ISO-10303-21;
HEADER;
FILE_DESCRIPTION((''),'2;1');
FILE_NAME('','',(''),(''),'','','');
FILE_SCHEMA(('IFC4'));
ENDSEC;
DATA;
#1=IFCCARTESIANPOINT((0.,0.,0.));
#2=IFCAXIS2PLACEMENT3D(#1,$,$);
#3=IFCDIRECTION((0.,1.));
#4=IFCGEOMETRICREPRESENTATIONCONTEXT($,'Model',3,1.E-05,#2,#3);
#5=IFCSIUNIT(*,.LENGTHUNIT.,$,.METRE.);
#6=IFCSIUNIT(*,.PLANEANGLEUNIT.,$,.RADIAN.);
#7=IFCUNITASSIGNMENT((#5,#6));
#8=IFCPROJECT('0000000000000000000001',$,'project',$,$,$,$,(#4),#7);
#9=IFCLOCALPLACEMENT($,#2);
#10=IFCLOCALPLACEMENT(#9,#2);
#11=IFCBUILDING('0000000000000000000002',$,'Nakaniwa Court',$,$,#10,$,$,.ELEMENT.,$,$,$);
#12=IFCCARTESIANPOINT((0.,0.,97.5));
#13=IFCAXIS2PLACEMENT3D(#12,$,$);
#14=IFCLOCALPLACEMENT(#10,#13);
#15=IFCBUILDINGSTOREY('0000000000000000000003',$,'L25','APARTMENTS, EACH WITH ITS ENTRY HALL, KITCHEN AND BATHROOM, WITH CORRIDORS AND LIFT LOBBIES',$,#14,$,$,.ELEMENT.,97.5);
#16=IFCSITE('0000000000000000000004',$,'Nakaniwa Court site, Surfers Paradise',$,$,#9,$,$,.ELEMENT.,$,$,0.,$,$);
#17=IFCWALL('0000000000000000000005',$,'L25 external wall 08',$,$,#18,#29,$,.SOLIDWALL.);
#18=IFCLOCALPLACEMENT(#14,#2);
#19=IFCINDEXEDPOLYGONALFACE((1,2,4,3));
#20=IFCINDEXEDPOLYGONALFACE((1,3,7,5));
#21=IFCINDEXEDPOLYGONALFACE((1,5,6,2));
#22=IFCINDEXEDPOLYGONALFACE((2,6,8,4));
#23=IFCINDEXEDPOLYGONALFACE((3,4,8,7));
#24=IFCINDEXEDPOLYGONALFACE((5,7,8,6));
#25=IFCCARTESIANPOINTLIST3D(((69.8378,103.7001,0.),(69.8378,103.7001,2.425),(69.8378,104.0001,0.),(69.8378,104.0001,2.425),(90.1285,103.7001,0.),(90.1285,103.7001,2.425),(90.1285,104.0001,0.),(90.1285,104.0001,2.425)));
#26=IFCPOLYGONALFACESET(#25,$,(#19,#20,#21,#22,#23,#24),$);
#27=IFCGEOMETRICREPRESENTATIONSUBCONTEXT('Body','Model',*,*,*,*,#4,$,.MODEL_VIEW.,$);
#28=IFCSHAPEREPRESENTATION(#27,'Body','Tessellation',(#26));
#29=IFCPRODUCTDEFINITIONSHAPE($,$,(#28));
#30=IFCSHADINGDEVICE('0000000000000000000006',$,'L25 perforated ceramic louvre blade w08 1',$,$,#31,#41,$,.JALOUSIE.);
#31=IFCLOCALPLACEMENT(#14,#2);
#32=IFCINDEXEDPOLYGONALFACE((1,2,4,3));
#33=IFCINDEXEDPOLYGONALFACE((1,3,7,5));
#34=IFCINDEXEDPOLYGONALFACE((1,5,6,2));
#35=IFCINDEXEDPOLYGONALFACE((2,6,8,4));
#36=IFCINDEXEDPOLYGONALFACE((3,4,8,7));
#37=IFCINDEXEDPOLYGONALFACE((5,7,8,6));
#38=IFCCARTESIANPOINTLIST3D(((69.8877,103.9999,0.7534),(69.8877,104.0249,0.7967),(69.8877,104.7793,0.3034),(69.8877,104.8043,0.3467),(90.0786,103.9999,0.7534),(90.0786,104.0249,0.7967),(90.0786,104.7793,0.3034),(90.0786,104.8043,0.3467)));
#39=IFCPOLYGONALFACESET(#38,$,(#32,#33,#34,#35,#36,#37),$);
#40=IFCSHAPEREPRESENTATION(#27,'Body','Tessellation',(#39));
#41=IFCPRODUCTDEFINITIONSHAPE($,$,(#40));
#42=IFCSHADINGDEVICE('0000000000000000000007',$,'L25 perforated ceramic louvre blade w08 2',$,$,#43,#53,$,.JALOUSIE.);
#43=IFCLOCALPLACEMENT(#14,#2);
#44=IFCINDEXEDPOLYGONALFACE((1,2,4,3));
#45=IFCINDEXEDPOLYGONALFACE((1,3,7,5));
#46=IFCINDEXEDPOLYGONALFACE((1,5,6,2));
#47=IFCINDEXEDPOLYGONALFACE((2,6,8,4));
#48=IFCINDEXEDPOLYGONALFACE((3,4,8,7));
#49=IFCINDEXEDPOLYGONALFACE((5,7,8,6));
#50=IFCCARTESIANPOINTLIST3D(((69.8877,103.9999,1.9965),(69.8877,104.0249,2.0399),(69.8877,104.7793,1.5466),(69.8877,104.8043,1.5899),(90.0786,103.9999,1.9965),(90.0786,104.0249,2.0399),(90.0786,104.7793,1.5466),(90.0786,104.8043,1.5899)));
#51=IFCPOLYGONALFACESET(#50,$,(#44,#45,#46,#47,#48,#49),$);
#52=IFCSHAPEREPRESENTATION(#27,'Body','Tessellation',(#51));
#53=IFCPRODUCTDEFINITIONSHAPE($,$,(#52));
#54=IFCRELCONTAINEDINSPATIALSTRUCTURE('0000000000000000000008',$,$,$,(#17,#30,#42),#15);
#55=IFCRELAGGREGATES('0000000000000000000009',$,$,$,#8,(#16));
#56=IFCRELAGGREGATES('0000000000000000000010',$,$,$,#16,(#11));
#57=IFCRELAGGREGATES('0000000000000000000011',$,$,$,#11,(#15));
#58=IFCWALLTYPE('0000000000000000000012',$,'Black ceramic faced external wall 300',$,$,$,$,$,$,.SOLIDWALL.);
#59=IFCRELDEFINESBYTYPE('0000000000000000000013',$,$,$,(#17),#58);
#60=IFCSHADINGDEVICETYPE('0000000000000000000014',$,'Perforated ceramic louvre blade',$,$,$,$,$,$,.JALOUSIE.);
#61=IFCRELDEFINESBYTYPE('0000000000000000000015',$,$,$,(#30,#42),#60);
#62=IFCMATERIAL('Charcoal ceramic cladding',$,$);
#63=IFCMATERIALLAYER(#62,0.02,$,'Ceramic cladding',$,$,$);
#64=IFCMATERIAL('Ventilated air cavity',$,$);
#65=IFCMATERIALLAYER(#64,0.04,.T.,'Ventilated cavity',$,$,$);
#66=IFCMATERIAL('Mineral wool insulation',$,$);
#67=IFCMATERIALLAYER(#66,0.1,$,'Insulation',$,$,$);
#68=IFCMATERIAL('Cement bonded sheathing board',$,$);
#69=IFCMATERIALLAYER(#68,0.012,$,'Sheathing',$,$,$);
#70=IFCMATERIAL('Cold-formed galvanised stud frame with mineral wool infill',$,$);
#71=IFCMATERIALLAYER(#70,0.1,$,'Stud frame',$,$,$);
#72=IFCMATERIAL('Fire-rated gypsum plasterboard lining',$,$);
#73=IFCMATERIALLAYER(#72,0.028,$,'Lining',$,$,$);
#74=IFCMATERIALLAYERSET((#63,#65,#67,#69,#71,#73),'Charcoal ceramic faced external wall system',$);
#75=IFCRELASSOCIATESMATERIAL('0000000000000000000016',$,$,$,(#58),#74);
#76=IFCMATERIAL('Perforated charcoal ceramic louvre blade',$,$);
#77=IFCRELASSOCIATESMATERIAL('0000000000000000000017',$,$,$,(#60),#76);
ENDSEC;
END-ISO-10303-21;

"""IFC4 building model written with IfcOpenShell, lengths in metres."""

from ifc_helpers import new_model, si_unit, direction, frame, frame_2d, origin, origin_2d, place, context, subcontext, project, spatial, rectangle, extrude, material, layer, layer_set, material_profile, profile_set, type_object, element, save


model = new_model("IFC4")

# Units and contexts
model_context = context("Model", 3, precision=1e-05, world=origin(), true_north=direction((0.0, 1.0)))
body_context = subcontext(model_context, "Body", "Model", "MODEL_VIEW")
ifc_project = project(units=[si_unit("LENGTHUNIT", "METRE"), si_unit("PLANEANGLEUNIT", "RADIAN")], contexts=[model_context])

# Site, building, storey
site_placement = place(None, origin())
site = spatial("IfcSite", under=ifc_project, at=site_placement, Name="Nakaniwa Court site, Surfers Paradise", CompositionType="ELEMENT", RefElevation=0.0)
building_placement = place(site_placement, origin())
building = spatial("IfcBuilding", under=site, at=building_placement, Name="Nakaniwa Court", CompositionType="ELEMENT")
storey_placement = place(building_placement, frame((0.0, 0.0, 97.5)))
storey = spatial("IfcBuildingStorey", under=building, at=storey_placement, Name="L25", Description="APARTMENTS, EACH WITH ITS ENTRY HALL, KITCHEN AND BATHROOM, WITH CORRIDORS AND LIFT LOBBIES", CompositionType="ELEMENT", Elevation=97.5)

# Shared definitions
ifc_material_1 = material(Name="Charcoal ceramic cladding")
ifc_layer_1 = layer(ifc_material_1, 0.02, Name="Ceramic cladding")
ifc_material_2 = material(Name="Ventilated air cavity")
ifc_layer_2 = layer(ifc_material_2, 0.04, ventilated=True, Name="Ventilated cavity")
ifc_material_3 = material(Name="Mineral wool insulation")
ifc_layer_3 = layer(ifc_material_3, 0.1, Name="Insulation")
ifc_material_4 = material(Name="Cement bonded sheathing board")
ifc_layer_4 = layer(ifc_material_4, 0.012, Name="Sheathing")
ifc_material_5 = material(Name="Cold-formed galvanised stud frame with mineral wool infill")
ifc_layer_5 = layer(ifc_material_5, 0.1, Name="Stud frame")
ifc_material_6 = material(Name="Fire-rated gypsum plasterboard lining")
ifc_layer_6 = layer(ifc_material_6, 0.028, Name="Lining")
ifc_layer_set_1 = layer_set([ifc_layer_1, ifc_layer_2, ifc_layer_3, ifc_layer_4, ifc_layer_5, ifc_layer_6], Name="Charcoal ceramic faced external wall system")
wall_type_1 = type_object("IfcWallType", Name="Black ceramic faced external wall 300", PredefinedType="SOLIDWALL", material=ifc_layer_set_1)

# Wall
wall_1_placement = place(storey_placement, frame((90.1287, 103.8501, 0.0), z_axis=(0.0, 0.0, 1.0), x_axis=(-1.0, 0.0, 0.0)))
element("IfcWall", 1, at=wall_1_placement, inside=storey, type_object=wall_type_1, Name="L25 external wall 08", PredefinedType="SOLIDWALL", context=body_context, shape_type="SweptSolid", body=[
    extrude(rectangle(XDim=20.2908, YDim=0.3, at=frame_2d((10.1455, 0.0))), origin(), (0.0, 0.0, 1.0), 2.425),
])

# Shading devices
ifc_material_7 = material(Name="Perforated charcoal ceramic louvre blade")
ifc_material_profile_1 = material_profile(ifc_material_7, rectangle(XDim=0.8999, YDim=0.05, at=origin_2d()), Name="Perforated ceramic louvre blade")
ifc_profile_set_1 = profile_set([ifc_material_profile_1], Name="Perforated charcoal ceramic louvre blade")
shading_device_type = type_object("IfcShadingDeviceType", Name="Perforated ceramic louvre blade", PredefinedType="JALOUSIE", material=ifc_profile_set_1)
for number, where, z_axis, x_axis, name in (
    (2, (90.0786, 104.4021, 0.55), (-1.0, 0.0, 0.0), (0.0, -0.866025, 0.5), "L25 perforated ceramic louvre blade w08 1"),
    (3, (90.0786, 104.4021, 1.7932), (-1.0, 0.0, 0.0), (0.0, -0.866025, 0.5), "L25 perforated ceramic louvre blade w08 2"),
):
    element("IfcShadingDevice", number, at=place(storey_placement, frame(where, z_axis=z_axis, x_axis=x_axis)), inside=storey, type_object=shading_device_type, Name=name, PredefinedType="JALOUSIE", context=body_context, shape_type="SweptSolid", body=[
        extrude(rectangle(XDim=0.8999, YDim=0.05, at=origin_2d()), origin(), (0.0, 0.0, 1.0), 20.1909),
    ])

save(model, "model.ifc")
